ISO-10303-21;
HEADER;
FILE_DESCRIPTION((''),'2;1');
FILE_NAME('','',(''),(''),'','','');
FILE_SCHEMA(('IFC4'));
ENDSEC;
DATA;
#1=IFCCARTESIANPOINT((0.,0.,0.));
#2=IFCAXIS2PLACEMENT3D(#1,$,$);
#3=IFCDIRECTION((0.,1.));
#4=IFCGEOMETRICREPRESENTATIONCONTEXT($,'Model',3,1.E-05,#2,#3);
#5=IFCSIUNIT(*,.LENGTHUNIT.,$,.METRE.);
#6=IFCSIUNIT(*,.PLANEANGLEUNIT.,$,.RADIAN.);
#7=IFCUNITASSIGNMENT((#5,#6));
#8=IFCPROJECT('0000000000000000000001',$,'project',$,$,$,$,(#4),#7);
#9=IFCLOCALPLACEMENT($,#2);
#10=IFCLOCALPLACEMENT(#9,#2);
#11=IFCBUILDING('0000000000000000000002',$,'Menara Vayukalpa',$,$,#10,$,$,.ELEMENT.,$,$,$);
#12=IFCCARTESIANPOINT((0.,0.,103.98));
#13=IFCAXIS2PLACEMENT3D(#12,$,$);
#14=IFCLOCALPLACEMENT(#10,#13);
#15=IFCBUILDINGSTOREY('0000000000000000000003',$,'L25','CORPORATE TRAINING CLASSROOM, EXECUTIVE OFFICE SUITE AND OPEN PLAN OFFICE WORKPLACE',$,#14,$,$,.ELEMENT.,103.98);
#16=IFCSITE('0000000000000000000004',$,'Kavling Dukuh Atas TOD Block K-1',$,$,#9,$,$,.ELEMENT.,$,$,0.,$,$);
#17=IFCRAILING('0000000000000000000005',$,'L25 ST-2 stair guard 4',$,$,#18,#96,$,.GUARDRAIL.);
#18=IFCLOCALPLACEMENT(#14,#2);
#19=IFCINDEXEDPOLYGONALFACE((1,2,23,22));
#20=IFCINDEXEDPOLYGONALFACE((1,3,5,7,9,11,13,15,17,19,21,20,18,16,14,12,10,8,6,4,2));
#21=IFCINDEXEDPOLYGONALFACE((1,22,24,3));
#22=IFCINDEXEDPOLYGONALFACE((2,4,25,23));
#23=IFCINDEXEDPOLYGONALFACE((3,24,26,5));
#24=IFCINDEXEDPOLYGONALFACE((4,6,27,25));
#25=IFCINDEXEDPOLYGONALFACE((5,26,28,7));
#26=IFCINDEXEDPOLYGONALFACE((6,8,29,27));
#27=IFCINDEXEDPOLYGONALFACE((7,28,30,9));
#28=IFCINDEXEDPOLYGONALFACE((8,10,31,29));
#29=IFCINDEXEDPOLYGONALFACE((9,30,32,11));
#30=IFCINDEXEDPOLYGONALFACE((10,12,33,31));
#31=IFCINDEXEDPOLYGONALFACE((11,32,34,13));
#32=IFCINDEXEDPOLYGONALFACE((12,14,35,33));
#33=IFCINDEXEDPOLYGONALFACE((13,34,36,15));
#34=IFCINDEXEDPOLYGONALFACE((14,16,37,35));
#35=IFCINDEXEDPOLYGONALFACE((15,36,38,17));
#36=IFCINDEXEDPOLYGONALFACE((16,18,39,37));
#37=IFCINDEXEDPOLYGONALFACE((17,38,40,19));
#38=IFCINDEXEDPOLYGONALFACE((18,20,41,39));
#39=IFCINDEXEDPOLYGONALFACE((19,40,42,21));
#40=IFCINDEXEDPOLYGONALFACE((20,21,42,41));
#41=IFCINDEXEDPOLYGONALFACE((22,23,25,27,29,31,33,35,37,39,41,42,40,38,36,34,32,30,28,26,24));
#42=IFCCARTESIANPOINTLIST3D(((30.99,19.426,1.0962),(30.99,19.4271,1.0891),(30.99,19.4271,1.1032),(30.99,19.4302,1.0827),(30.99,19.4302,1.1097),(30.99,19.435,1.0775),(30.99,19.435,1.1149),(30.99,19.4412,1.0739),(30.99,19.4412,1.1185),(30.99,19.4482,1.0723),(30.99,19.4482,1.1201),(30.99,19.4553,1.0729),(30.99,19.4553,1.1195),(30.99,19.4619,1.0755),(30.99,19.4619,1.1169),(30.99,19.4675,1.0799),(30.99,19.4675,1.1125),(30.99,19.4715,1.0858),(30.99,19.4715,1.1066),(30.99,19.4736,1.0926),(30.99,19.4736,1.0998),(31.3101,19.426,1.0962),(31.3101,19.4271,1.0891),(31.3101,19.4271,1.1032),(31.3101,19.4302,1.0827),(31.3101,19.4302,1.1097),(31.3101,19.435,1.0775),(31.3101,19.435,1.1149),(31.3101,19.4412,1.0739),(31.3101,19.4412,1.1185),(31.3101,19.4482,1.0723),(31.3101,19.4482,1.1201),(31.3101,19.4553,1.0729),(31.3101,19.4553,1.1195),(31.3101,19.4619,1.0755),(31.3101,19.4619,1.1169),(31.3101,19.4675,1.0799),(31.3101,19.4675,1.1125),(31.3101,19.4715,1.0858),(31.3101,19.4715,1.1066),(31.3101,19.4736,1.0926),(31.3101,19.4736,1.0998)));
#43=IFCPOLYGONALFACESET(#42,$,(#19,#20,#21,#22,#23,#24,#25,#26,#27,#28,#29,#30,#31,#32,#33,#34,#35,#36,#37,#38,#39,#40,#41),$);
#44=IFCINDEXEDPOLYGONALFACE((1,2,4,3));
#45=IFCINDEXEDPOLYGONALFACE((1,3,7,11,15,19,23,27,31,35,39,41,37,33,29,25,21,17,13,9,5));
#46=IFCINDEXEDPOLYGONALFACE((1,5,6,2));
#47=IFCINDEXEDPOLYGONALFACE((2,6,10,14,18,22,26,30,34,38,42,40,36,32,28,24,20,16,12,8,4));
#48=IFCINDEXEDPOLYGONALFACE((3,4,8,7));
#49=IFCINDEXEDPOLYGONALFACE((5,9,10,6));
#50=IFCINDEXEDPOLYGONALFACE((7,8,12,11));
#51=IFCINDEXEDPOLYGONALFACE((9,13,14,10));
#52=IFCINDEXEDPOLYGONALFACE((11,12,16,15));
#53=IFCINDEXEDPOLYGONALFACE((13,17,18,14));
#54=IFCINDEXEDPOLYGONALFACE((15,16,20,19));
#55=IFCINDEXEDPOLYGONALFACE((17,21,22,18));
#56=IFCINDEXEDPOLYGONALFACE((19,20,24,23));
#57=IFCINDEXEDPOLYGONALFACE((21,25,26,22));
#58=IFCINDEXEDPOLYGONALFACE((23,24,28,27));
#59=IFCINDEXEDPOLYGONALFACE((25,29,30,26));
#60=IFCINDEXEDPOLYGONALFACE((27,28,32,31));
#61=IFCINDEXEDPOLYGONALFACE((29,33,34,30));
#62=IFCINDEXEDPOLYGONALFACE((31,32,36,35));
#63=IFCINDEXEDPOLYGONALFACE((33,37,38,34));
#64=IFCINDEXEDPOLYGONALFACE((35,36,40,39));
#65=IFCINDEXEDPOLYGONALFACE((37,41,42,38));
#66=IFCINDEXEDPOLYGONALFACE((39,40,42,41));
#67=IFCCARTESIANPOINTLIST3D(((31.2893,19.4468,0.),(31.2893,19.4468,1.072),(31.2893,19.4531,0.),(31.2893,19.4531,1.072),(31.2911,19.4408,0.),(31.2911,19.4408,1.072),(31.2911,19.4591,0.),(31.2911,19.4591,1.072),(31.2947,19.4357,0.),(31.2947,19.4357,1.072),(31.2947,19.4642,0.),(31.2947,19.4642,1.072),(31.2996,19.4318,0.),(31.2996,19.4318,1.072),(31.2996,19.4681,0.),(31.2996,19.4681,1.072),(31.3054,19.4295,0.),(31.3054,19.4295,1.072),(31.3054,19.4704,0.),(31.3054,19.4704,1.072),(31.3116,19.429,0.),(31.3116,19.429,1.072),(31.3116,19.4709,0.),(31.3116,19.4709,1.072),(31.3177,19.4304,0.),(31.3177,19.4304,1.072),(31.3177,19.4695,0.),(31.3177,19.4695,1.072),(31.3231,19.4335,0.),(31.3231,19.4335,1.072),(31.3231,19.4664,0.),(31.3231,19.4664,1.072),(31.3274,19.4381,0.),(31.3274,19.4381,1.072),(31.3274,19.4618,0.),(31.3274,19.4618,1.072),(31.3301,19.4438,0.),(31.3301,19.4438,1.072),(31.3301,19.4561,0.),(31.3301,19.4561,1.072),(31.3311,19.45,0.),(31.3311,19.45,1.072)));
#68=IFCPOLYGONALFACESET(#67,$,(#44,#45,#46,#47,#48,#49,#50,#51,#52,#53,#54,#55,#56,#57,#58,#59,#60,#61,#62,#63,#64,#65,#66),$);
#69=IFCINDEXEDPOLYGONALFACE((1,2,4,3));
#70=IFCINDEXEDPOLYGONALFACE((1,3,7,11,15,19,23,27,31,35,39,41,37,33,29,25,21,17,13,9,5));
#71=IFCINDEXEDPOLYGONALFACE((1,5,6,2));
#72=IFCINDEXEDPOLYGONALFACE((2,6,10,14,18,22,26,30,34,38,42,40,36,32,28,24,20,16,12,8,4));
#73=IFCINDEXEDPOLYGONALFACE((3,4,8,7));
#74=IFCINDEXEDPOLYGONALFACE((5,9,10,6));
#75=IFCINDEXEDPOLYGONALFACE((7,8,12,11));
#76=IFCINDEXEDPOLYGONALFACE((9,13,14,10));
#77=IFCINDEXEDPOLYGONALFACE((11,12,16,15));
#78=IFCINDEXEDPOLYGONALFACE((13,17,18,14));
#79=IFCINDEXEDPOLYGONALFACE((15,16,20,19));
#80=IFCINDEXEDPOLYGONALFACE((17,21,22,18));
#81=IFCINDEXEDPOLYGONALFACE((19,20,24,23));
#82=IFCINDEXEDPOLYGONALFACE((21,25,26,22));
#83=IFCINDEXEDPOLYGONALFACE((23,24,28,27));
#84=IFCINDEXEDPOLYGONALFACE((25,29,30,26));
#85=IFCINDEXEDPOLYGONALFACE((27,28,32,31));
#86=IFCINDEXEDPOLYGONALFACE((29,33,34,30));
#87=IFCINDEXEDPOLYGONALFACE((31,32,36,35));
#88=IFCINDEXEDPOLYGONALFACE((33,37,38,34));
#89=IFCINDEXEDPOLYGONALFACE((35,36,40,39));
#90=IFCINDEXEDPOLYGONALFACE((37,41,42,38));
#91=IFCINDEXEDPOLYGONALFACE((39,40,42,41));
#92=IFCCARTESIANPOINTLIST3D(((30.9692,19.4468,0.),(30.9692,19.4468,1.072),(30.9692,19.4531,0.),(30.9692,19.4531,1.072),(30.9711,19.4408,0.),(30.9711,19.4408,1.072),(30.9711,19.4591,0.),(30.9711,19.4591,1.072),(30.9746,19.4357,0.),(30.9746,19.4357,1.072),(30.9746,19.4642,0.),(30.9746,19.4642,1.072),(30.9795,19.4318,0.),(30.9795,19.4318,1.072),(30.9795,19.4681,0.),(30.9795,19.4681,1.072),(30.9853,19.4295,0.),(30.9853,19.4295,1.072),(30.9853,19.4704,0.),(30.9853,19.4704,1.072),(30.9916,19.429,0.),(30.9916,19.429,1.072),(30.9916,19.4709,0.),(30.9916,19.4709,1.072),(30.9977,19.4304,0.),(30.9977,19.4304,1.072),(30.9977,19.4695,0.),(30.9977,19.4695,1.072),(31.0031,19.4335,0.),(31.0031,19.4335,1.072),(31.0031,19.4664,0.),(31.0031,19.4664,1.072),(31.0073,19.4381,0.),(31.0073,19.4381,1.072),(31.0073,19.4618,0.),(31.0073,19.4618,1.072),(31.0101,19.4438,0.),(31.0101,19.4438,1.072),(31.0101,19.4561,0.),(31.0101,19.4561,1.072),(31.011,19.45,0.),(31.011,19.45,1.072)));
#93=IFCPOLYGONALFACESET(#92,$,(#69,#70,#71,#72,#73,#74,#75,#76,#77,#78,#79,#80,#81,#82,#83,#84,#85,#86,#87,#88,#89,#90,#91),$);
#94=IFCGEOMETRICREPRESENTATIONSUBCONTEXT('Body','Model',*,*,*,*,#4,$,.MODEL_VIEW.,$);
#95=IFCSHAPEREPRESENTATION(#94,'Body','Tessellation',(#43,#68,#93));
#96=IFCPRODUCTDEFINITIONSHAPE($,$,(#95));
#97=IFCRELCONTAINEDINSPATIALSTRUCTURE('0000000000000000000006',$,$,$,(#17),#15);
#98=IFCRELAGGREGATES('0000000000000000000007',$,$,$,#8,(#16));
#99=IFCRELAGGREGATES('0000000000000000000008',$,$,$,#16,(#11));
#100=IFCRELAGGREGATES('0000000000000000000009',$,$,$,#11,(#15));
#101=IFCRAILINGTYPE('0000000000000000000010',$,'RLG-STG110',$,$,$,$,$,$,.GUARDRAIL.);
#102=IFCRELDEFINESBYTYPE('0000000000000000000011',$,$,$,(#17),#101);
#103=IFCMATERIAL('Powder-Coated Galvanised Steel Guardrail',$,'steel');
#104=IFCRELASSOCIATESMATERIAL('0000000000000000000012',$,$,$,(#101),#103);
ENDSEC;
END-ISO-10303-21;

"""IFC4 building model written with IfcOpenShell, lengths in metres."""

from ifc_helpers import new_model, si_unit, direction, frame, origin, origin_2d, place, context, subcontext, project, spatial, circle, extrude, material, type_object, element, save


model = new_model("IFC4")

# Units and contexts
model_context = context("Model", 3, precision=1e-05, world=origin(), true_north=direction((0.0, 1.0)))
body_context = subcontext(model_context, "Body", "Model", "MODEL_VIEW")
ifc_project = project(units=[si_unit("LENGTHUNIT", "METRE"), si_unit("PLANEANGLEUNIT", "RADIAN")], contexts=[model_context])

# Site, building, storey
site_placement = place(None, origin())
site = spatial("IfcSite", under=ifc_project, at=site_placement, Name="Kavling Dukuh Atas TOD Block K-1", CompositionType="ELEMENT", RefElevation=0.0)
building_placement = place(site_placement, origin())
building = spatial("IfcBuilding", under=site, at=building_placement, Name="Menara Vayukalpa", CompositionType="ELEMENT")
storey_placement = place(building_placement, frame((0.0, 0.0, 103.98)))
storey = spatial("IfcBuildingStorey", under=building, at=storey_placement, Name="L25", Description="CORPORATE TRAINING CLASSROOM, EXECUTIVE OFFICE SUITE AND OPEN PLAN OFFICE WORKPLACE", CompositionType="ELEMENT", Elevation=103.98)

# Railing
ifc_material_1 = material(Name="Powder-Coated Galvanised Steel Guardrail", Category="steel")
railing_type = type_object("IfcRailingType", Name="RLG-STG110", PredefinedType="GUARDRAIL", material=ifc_material_1)
railing_placement = place(storey_placement, frame((31.3101, 19.45, 0.0)))
element("IfcRailing", 1, at=railing_placement, inside=storey, type_object=railing_type, Name="L25 ST-2 stair guard 4", PredefinedType="GUARDRAIL", context=body_context, shape_type="SweptSolid", body=[
    extrude(circle(Radius=0.0239, at=origin_2d()), frame((0.0, 0.0, 1.0962), z_axis=(-1.0, 0.0, 0.0), x_axis=(0.0, -1.0, 0.0)), (0.0, 0.0, 1.0), 0.3201),
    extrude(circle(Radius=0.021, at=origin_2d()), origin(), (0.0, 0.0, 1.0), 1.072),
    extrude(circle(Radius=0.021, at=origin_2d()), frame((-0.3201, 0.0, 0.0)), (0.0, 0.0, 1.0), 1.072),
])

save(model, "model.ifc")
